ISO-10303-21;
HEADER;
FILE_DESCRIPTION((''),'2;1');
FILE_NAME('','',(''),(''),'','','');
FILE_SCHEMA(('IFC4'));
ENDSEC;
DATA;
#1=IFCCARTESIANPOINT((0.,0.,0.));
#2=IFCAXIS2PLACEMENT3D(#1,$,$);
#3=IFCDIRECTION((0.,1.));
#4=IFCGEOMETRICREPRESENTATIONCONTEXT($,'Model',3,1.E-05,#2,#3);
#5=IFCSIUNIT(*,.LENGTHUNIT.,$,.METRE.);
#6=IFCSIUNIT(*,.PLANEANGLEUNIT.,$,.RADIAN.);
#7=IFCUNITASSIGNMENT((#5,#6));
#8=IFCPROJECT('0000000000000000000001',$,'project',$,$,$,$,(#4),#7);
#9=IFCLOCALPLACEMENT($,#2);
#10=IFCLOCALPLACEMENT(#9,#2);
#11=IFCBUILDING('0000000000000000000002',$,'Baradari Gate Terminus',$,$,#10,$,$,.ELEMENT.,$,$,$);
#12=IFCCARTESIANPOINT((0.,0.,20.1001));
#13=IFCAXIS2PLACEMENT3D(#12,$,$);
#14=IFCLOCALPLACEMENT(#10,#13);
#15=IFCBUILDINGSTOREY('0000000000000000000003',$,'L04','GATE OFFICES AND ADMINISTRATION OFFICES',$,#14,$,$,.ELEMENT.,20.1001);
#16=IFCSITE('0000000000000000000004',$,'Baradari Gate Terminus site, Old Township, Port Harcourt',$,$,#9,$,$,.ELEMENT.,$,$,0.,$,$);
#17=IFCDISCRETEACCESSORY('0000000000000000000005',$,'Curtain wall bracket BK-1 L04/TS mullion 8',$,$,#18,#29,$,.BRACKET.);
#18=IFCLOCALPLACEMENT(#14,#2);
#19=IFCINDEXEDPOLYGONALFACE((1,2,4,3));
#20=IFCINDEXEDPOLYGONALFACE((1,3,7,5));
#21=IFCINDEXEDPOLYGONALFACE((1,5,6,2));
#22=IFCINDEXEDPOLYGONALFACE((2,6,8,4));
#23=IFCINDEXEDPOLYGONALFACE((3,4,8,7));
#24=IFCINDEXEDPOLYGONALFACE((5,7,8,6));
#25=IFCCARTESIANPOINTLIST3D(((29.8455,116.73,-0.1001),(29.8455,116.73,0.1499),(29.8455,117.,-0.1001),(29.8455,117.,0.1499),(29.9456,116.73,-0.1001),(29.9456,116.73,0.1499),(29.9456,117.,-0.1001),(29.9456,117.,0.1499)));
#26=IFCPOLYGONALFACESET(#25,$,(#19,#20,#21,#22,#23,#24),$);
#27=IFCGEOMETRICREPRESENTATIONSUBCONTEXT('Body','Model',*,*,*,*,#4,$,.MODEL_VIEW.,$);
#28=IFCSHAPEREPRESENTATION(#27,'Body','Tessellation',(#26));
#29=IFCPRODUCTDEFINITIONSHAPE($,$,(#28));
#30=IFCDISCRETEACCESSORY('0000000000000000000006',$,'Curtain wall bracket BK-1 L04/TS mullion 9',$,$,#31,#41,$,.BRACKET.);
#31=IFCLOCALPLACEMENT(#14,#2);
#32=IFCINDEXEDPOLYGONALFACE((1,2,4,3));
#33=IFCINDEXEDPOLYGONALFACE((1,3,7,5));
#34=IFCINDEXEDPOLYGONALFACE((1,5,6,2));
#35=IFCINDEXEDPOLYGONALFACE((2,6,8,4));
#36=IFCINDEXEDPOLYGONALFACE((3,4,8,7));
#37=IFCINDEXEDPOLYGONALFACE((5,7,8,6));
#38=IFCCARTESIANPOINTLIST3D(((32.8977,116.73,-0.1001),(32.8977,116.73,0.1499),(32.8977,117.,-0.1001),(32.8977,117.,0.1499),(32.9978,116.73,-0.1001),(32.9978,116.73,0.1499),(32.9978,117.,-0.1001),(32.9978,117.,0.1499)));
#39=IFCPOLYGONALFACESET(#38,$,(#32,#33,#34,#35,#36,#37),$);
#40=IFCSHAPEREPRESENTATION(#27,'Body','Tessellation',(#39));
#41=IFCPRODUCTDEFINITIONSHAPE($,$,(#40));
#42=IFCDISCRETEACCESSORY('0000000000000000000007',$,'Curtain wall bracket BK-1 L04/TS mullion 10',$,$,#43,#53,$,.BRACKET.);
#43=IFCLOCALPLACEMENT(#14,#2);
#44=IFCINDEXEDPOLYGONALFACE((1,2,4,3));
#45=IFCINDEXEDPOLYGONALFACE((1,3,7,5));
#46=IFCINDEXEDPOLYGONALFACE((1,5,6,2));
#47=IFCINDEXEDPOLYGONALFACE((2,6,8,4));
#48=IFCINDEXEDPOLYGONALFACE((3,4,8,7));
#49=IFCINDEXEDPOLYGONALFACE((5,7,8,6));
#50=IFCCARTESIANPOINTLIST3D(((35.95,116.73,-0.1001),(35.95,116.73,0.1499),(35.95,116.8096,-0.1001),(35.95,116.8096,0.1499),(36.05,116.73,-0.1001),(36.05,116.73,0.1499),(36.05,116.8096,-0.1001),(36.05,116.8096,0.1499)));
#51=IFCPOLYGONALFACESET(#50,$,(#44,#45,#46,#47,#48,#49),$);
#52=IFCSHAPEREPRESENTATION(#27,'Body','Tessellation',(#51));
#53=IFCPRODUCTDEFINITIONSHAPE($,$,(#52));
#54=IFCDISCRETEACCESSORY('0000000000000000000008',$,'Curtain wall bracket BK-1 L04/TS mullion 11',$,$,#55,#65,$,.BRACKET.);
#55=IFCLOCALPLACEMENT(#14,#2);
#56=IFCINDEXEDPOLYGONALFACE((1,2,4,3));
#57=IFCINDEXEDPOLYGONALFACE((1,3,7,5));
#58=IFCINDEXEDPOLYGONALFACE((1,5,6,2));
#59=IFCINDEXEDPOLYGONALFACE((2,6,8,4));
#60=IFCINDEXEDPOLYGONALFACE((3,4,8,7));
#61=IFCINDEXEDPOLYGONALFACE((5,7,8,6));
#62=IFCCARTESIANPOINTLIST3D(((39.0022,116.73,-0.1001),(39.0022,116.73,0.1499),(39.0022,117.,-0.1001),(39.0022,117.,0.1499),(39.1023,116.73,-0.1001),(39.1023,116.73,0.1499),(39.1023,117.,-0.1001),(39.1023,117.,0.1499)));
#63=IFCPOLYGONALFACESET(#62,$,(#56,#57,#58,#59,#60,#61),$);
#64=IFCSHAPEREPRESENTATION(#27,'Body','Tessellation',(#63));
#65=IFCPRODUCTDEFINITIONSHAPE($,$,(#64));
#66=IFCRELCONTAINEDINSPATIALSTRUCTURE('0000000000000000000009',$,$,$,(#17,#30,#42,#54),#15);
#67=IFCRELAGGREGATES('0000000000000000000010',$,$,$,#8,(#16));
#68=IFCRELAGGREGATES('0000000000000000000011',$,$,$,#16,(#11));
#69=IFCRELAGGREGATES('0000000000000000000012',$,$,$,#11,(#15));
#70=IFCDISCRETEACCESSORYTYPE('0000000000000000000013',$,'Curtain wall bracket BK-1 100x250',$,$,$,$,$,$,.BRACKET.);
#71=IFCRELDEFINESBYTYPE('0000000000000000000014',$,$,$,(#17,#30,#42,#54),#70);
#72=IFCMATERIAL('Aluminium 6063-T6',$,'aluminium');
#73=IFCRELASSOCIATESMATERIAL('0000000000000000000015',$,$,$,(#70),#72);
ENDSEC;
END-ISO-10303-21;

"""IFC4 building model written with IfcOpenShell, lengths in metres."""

from ifc_helpers import new_model, si_unit, direction, frame, origin, origin_2d, place, context, subcontext, project, spatial, rectangle, extrude, material, type_object, element, save


model = new_model("IFC4")

# Units and contexts
model_context = context("Model", 3, precision=1e-05, world=origin(), true_north=direction((0.0, 1.0)))
body_context = subcontext(model_context, "Body", "Model", "MODEL_VIEW")
ifc_project = project(units=[si_unit("LENGTHUNIT", "METRE"), si_unit("PLANEANGLEUNIT", "RADIAN")], contexts=[model_context])

# Site, building, storey
site_placement = place(None, origin())
site = spatial("IfcSite", under=ifc_project, at=site_placement, Name="Baradari Gate Terminus site, Old Township, Port Harcourt", CompositionType="ELEMENT", RefElevation=0.0)
building_placement = place(site_placement, origin())
building = spatial("IfcBuilding", under=site, at=building_placement, Name="Baradari Gate Terminus", CompositionType="ELEMENT")
storey_placement = place(building_placement, frame((0.0, 0.0, 20.1001)))
storey = spatial("IfcBuildingStorey", under=building, at=storey_placement, Name="L04", Description="GATE OFFICES AND ADMINISTRATION OFFICES", CompositionType="ELEMENT", Elevation=20.1001)

# Discrete accessories
ifc_material_1 = material(Name="Aluminium 6063-T6", Category="aluminium")
discrete_accessory_type = type_object("IfcDiscreteAccessoryType", Name="Curtain wall bracket BK-1 100x250", PredefinedType="BRACKET", material=ifc_material_1)
for number, where, z_axis, x_axis, name in (
    (1, (29.8955, 116.865, -0.1001), (0.0, 0.0, 1.0), (0.0, -1.0, 0.0), "Curtain wall bracket BK-1 L04/TS mullion 8"),
    (2, (32.9478, 116.865, -0.1001), (0.0, 0.0, 1.0), (0.0, -1.0, 0.0), "Curtain wall bracket BK-1 L04/TS mullion 9"),
):
    element("IfcDiscreteAccessory", number, at=place(storey_placement, frame(where, z_axis=z_axis, x_axis=x_axis)), inside=storey, type_object=discrete_accessory_type, Name=name, PredefinedType="BRACKET", context=body_context, shape_type="SweptSolid", body=[
        extrude(rectangle(XDim=0.27, YDim=0.1001, at=origin_2d()), origin(), (0.0, 0.0, 1.0), 0.25),
    ])
discrete_accessory_1_placement = place(storey_placement, frame((36.0, 116.7698, -0.1001), z_axis=(0.0, 0.0, 1.0), x_axis=(0.0, -1.0, 0.0)))
element("IfcDiscreteAccessory", 3, at=discrete_accessory_1_placement, inside=storey, type_object=discrete_accessory_type, Name="Curtain wall bracket BK-1 L04/TS mullion 10", PredefinedType="BRACKET", context=body_context, shape_type="SweptSolid", body=[
    extrude(rectangle(XDim=0.0796, YDim=0.1001, at=origin_2d()), origin(), (0.0, 0.0, 1.0), 0.25),
])
discrete_accessory_2_placement = place(storey_placement, frame((39.0522, 116.865, -0.1001), z_axis=(0.0, 0.0, 1.0), x_axis=(0.0, -1.0, 0.0)))
element("IfcDiscreteAccessory", 4, at=discrete_accessory_2_placement, inside=storey, type_object=discrete_accessory_type, Name="Curtain wall bracket BK-1 L04/TS mullion 11", PredefinedType="BRACKET", context=body_context, shape_type="SweptSolid", body=[
    extrude(rectangle(XDim=0.27, YDim=0.1001, at=origin_2d()), origin(), (0.0, 0.0, 1.0), 0.25),
])

save(model, "model.ifc")
